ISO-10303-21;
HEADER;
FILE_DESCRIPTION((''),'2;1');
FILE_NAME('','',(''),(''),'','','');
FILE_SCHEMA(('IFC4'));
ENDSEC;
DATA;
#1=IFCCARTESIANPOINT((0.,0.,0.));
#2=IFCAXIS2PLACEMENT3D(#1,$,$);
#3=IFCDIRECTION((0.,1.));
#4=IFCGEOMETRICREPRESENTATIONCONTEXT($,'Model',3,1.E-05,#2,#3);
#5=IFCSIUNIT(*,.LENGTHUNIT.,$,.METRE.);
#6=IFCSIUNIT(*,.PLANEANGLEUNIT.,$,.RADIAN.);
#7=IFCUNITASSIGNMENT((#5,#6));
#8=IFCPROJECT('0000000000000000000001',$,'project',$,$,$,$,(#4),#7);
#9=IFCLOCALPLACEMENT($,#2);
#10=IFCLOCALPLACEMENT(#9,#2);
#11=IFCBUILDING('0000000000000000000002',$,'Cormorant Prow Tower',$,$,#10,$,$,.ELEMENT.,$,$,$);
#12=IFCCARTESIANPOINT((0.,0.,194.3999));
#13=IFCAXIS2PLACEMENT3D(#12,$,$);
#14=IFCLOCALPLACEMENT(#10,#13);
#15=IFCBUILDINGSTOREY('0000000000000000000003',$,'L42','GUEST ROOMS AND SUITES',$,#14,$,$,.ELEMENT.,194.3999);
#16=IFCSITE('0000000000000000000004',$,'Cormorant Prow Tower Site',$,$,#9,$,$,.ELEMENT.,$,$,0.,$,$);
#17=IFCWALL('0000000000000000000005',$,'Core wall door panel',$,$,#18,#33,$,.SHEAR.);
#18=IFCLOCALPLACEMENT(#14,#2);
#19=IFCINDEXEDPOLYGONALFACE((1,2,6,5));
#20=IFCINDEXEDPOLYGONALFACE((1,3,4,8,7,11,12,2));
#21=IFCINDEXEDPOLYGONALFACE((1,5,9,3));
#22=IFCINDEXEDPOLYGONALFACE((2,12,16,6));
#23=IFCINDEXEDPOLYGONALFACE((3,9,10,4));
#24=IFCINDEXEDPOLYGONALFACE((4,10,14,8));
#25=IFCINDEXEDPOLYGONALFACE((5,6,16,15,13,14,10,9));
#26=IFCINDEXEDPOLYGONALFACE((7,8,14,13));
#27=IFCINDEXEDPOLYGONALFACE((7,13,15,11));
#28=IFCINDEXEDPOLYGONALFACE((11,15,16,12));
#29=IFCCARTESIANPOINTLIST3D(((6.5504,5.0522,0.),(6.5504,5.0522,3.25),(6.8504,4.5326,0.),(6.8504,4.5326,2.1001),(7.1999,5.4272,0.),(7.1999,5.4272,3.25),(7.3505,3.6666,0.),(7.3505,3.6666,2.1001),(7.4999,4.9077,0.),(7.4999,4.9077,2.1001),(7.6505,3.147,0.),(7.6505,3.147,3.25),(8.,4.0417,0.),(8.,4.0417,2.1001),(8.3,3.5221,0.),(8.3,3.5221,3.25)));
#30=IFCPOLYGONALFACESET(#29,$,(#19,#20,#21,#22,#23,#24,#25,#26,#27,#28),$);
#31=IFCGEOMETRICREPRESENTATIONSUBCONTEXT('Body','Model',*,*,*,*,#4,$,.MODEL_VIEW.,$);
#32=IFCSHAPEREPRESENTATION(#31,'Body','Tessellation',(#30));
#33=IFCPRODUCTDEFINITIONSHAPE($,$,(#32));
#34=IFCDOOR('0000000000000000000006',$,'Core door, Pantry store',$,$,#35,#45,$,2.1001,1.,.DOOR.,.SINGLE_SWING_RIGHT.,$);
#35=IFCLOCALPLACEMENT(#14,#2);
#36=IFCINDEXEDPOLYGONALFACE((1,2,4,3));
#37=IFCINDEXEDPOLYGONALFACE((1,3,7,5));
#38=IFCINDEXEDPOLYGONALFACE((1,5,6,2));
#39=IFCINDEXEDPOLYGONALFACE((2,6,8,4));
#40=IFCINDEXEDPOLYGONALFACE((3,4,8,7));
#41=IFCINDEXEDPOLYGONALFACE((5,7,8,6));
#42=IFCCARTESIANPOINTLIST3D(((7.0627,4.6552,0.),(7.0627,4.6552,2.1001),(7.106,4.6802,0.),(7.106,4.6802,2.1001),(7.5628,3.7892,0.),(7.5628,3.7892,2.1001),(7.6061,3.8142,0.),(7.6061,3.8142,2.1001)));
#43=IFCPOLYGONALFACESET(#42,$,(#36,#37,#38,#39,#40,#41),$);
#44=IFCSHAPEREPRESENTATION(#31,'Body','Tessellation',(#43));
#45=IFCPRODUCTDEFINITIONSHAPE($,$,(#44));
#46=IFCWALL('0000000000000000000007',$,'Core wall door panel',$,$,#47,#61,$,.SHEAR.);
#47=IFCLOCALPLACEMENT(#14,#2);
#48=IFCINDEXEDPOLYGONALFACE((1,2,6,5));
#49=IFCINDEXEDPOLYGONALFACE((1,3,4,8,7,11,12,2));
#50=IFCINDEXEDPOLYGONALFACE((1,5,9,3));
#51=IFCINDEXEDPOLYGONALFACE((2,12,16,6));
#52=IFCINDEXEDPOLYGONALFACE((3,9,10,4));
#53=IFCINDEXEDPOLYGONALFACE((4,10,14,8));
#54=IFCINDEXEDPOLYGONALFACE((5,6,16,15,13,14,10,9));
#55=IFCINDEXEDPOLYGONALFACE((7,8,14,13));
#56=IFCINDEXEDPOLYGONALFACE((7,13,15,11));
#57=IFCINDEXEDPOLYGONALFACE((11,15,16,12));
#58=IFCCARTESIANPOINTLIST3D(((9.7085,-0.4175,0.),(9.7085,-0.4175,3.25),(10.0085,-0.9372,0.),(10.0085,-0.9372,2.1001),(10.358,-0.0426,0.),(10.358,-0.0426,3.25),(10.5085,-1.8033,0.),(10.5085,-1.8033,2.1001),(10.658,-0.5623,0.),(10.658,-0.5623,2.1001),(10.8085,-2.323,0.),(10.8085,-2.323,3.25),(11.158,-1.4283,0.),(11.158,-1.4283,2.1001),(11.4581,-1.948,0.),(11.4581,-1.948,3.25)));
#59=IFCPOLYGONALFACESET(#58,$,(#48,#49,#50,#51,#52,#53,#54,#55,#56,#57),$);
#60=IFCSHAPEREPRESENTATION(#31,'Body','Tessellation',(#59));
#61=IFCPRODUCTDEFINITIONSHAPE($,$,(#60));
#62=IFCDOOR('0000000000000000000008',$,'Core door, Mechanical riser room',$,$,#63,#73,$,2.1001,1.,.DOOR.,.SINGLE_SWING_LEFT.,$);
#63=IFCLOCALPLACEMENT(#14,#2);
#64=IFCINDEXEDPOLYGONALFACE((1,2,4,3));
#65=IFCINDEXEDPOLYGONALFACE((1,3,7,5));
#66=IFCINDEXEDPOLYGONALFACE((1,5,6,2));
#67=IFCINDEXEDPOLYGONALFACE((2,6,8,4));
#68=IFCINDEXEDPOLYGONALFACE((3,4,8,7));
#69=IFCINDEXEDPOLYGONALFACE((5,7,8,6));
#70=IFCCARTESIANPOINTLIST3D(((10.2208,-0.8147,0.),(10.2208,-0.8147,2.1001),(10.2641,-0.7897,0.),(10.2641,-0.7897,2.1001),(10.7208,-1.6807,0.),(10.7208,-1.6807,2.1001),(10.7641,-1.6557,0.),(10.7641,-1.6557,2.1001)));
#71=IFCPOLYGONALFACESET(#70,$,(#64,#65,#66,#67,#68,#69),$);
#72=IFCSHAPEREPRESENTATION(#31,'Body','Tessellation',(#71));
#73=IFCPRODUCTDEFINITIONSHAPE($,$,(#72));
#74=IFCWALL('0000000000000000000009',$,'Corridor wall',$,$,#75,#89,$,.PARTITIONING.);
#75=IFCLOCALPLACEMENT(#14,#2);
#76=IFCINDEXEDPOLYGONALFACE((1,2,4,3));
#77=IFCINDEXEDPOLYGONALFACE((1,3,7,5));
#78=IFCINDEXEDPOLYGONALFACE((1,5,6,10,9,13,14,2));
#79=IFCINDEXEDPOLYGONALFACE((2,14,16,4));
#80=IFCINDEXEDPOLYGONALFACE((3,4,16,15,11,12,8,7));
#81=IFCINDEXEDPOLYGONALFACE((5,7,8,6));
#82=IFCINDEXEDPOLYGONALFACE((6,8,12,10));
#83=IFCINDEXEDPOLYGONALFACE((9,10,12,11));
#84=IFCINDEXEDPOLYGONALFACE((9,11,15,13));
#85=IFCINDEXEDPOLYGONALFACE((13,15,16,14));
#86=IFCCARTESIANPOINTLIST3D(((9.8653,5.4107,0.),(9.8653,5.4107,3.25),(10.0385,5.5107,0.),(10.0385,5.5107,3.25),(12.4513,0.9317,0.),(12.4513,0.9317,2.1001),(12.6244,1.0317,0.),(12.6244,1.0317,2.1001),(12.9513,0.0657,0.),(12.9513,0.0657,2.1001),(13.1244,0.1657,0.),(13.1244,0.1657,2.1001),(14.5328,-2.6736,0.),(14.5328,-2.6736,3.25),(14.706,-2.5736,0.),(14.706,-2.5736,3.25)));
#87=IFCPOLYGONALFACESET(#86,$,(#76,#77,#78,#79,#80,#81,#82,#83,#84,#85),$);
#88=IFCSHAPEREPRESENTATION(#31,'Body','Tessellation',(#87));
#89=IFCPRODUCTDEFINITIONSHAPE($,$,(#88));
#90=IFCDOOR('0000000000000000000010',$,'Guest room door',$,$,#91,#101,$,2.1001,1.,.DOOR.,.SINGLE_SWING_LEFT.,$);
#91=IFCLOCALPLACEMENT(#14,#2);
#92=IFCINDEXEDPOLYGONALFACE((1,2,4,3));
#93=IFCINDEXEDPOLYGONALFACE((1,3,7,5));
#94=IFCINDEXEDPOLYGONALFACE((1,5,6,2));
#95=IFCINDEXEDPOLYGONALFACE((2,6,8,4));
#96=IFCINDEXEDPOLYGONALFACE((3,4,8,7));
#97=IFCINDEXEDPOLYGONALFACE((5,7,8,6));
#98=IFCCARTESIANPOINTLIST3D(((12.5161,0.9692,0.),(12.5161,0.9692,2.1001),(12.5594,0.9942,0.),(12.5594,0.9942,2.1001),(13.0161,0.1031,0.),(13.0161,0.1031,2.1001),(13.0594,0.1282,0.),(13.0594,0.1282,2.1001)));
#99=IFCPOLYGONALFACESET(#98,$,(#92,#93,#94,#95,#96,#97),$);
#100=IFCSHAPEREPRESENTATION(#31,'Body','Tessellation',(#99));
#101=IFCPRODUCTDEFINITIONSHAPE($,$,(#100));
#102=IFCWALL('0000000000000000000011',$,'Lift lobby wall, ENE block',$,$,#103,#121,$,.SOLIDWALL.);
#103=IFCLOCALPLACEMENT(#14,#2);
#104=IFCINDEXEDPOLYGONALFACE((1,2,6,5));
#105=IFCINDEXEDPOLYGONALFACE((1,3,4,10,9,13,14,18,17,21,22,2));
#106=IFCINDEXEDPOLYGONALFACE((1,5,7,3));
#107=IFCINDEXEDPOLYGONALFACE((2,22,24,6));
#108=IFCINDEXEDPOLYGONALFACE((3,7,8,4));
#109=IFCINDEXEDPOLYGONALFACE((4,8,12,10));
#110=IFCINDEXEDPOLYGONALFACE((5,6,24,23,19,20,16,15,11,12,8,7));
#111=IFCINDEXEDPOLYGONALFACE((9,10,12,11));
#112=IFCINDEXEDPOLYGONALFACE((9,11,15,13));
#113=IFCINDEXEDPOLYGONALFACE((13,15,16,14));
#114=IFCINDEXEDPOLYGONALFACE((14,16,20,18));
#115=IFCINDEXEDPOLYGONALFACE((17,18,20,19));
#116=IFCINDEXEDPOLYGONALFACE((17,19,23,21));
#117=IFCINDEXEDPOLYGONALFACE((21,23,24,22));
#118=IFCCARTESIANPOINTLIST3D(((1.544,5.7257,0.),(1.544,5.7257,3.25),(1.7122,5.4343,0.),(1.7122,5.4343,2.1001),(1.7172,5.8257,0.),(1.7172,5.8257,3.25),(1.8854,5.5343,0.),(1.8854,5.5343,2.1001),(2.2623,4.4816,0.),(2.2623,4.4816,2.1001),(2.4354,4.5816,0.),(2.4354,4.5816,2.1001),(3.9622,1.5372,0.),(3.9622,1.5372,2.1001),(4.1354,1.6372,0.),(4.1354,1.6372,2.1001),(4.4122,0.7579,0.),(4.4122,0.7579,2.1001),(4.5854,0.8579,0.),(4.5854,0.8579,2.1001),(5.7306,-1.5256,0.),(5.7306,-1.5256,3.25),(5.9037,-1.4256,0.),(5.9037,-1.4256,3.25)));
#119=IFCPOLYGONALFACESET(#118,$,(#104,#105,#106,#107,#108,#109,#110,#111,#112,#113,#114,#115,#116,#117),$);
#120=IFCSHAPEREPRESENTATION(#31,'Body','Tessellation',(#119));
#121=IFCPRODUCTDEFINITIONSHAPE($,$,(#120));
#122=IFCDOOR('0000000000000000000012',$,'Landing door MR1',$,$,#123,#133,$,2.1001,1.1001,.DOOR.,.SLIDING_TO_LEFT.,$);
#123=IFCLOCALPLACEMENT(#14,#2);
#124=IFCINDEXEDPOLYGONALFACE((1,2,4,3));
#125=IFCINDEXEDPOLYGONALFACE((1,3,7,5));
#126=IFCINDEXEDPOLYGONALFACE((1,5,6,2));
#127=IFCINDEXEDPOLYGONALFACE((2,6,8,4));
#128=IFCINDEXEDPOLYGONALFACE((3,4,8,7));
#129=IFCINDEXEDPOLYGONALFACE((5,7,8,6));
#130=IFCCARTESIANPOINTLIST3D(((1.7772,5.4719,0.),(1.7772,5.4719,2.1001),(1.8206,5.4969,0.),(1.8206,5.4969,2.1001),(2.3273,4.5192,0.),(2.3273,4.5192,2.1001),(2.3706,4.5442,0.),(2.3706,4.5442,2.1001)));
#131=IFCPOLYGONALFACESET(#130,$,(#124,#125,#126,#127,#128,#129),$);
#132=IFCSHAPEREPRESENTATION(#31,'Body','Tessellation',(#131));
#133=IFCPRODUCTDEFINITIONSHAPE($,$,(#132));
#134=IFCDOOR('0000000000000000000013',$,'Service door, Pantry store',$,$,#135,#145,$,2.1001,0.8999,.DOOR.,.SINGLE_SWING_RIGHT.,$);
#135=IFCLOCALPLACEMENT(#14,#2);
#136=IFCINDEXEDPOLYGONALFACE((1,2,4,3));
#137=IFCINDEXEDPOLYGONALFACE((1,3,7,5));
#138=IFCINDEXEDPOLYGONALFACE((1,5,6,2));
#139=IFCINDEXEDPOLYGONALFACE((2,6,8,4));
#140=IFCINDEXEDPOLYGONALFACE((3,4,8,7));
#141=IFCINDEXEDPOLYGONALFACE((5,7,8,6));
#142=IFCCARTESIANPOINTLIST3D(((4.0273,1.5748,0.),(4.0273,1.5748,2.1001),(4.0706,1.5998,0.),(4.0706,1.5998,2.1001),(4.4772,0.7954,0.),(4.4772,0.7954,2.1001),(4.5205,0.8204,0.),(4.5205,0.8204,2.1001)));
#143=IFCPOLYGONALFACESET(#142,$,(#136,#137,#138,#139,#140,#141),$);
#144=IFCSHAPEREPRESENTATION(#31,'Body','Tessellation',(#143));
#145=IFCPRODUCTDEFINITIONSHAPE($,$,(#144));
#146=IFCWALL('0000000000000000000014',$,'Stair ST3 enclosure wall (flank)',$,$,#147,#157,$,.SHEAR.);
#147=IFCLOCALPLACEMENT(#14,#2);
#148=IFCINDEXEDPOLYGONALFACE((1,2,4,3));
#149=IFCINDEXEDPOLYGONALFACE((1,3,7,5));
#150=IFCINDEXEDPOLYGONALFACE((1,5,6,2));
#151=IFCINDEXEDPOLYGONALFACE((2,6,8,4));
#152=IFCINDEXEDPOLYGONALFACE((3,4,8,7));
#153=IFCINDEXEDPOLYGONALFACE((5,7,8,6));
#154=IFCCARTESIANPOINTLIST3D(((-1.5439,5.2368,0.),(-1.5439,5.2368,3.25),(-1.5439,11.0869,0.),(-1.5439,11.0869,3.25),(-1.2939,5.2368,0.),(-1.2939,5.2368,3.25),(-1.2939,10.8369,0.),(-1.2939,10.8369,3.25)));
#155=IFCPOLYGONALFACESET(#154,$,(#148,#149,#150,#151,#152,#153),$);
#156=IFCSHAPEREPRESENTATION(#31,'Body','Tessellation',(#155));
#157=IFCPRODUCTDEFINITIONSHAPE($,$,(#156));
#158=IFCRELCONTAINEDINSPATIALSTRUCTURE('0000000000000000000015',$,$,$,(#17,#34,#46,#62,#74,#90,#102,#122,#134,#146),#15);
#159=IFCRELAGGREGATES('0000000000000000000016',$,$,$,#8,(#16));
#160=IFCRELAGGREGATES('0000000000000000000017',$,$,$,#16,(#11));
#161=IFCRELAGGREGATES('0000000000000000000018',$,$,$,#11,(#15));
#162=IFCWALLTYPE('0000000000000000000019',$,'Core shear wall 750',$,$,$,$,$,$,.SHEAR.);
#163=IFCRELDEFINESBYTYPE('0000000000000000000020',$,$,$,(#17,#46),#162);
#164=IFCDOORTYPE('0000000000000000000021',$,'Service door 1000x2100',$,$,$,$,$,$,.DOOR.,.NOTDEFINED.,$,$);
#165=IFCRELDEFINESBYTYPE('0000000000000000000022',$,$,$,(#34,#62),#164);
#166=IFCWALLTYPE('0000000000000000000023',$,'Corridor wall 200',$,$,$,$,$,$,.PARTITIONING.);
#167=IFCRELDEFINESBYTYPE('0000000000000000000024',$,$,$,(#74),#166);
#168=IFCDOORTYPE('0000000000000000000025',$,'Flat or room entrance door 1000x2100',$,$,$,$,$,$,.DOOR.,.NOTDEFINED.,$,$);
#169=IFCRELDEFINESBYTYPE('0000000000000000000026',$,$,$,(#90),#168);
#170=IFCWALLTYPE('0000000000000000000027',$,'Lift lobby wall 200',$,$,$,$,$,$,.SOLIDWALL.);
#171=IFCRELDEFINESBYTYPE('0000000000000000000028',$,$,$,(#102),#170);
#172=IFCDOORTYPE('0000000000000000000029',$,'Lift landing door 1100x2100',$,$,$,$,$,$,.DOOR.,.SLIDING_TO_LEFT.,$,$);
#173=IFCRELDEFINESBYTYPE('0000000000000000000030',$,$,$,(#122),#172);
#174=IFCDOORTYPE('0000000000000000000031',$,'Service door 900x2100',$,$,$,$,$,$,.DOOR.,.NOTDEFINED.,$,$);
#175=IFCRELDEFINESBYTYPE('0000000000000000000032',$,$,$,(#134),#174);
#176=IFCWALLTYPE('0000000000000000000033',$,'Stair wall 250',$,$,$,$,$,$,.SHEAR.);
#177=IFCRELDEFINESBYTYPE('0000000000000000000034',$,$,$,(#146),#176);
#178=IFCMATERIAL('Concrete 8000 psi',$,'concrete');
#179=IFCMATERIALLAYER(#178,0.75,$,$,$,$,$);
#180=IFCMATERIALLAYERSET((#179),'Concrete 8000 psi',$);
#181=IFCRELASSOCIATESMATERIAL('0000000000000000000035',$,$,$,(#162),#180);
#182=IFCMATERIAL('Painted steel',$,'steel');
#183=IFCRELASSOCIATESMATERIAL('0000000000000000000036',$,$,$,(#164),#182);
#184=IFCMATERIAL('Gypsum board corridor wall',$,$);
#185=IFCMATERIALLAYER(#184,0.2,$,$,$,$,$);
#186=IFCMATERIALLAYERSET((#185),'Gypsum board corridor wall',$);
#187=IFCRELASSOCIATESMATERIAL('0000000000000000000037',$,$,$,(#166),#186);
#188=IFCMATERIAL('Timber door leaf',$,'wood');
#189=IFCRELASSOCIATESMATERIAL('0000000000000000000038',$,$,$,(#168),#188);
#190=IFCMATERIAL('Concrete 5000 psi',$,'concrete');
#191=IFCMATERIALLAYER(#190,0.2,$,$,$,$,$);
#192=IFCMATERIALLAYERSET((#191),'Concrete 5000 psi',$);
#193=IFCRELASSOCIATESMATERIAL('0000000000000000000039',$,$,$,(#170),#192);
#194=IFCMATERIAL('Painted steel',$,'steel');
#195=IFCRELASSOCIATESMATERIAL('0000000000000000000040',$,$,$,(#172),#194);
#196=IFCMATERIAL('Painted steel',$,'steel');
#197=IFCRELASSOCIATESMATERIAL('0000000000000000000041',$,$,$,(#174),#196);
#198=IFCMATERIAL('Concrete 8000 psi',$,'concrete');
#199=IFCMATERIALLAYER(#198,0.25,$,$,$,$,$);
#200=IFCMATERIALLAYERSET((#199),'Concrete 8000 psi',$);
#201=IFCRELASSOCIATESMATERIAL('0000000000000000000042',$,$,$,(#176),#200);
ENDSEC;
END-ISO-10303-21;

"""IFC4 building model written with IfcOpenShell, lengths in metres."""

from ifc_helpers import new_model, si_unit, direction, frame, frame_2d, origin, place, context, subcontext, project, spatial, polyline, rectangle, outline, extrude, material, layer, layer_set, type_object, element, fill, save


model = new_model("IFC4")

# Units and contexts
model_context = context("Model", 3, precision=1e-05, world=origin(), true_north=direction((0.0, 1.0)))
body_context = subcontext(model_context, "Body", "Model", "MODEL_VIEW")
ifc_project = project(units=[si_unit("LENGTHUNIT", "METRE"), si_unit("PLANEANGLEUNIT", "RADIAN")], contexts=[model_context])

# Site, building, storey
site_placement = place(None, origin())
site = spatial("IfcSite", under=ifc_project, at=site_placement, Name="Cormorant Prow Tower Site", CompositionType="ELEMENT", RefElevation=0.0)
building_placement = place(site_placement, origin())
building = spatial("IfcBuilding", under=site, at=building_placement, Name="Cormorant Prow Tower", CompositionType="ELEMENT")
storey_placement = place(building_placement, frame((0.0, 0.0, 194.3999)))
storey = spatial("IfcBuildingStorey", under=building, at=storey_placement, Name="L42", Description="GUEST ROOMS AND SUITES", CompositionType="ELEMENT", Elevation=194.3999)

# Shared definitions
ifc_material_1 = material(Name="Concrete 8000 psi", Category="concrete")
ifc_layer_1 = layer(ifc_material_1, 0.75)
ifc_layer_set_1 = layer_set([ifc_layer_1], Name="Concrete 8000 psi")
wall_type_1 = type_object("IfcWallType", Name="Core shear wall 750", PredefinedType="SHEAR", material=ifc_layer_set_1)

# Walls, openings, doors
wall_1_placement = place(storey_placement, frame((7.9753, 3.3345, 0.0), z_axis=(0.0, 0.0, 1.0), x_axis=(-0.500078, 0.86598, 0.0)))
wall_1 = element("IfcWall", 1, at=wall_1_placement, inside=storey, type_object=wall_type_1, Name="Core wall door panel", PredefinedType="SHEAR", context=body_context, shape_type="SweptSolid", body=[
    extrude(rectangle(XDim=2.2, YDim=0.75, at=frame_2d((1.1001, 0.0))), origin(), (0.0, 0.0, 1.0), 3.25),
])
opening_1_placement = place(wall_1_placement, frame((0.6001, 0.0, 0.0)))
opening_1 = element("IfcOpeningElement", 2, at=opening_1_placement, cuts=wall_1, PredefinedType="OPENING", context=body_context, shape_type="SweptSolid", body=[
    extrude(rectangle(XDim=1.0, YDim=2.1001, at=frame_2d((0.5, 1.05))), frame((0.0, 0.385, 0.0), z_axis=(0.0, -1.0, 0.0), x_axis=(1.0, 0.0, 0.0)), (0.0, 0.0, 1.0), 0.77),
])
ifc_material_2 = material(Name="Painted steel", Category="steel")
door_type_1 = type_object("IfcDoorType", Name="Service door 1000x2100", OperationType="NOTDEFINED", PredefinedType="DOOR", material=ifc_material_2)
door_1_placement = place(opening_1_placement, origin())
door_1 = element("IfcDoor", 3, at=door_1_placement, inside=storey, type_object=door_type_1, Name="Core door, Pantry store", OperationType="SINGLE_SWING_RIGHT", OverallHeight=2.1001, OverallWidth=1.0, PredefinedType="DOOR", context=body_context, shape_type="SweptSolid", body=[
    extrude(rectangle(XDim=1.0, YDim=2.1001, at=frame_2d((0.5, 1.05))), frame((0.0, 0.1299, 0.0), z_axis=(0.0, -1.0, 0.0), x_axis=(1.0, 0.0, 0.0)), (0.0, 0.0, 1.0), 0.05),
])
fill(opening_1, door_1)
wall_2_placement = place(storey_placement, frame((11.1333, -2.1355, 0.0), z_axis=(0.0, 0.0, 1.0), x_axis=(-0.499982, 0.866036, 0.0)))
wall_2 = element("IfcWall", 4, at=wall_2_placement, inside=storey, type_object=wall_type_1, Name="Core wall door panel", PredefinedType="SHEAR", context=body_context, shape_type="SweptSolid", body=[
    extrude(rectangle(XDim=2.2002, YDim=0.75, at=frame_2d((1.1001, 0.0))), origin(), (0.0, 0.0, 1.0), 3.25),
])
opening_2_placement = place(wall_2_placement, frame((0.6001, 0.0, 0.0)))
opening_2 = element("IfcOpeningElement", 5, at=opening_2_placement, cuts=wall_2, PredefinedType="OPENING", context=body_context, shape_type="SweptSolid", body=[
    extrude(rectangle(XDim=1.0, YDim=2.1001, at=frame_2d((0.5, 1.05))), frame((0.0, 0.385, 0.0), z_axis=(0.0, -1.0, 0.0), x_axis=(1.0, 0.0, 0.0)), (0.0, 0.0, 1.0), 0.77),
])
door_2_placement = place(opening_2_placement, origin())
door_2 = element("IfcDoor", 6, at=door_2_placement, inside=storey, type_object=door_type_1, Name="Core door, Mechanical riser room", OperationType="SINGLE_SWING_LEFT", OverallHeight=2.1001, OverallWidth=1.0, PredefinedType="DOOR", context=body_context, shape_type="SweptSolid", body=[
    extrude(rectangle(XDim=1.0, YDim=2.1001, at=frame_2d((0.5, 1.05))), frame((0.0, 0.1299, 0.0), z_axis=(0.0, -1.0, 0.0), x_axis=(1.0, 0.0, 0.0)), (0.0, 0.0, 1.0), 0.05),
])
fill(opening_2, door_2)
ifc_material_3 = material(Name="Gypsum board corridor wall")
ifc_layer_2 = layer(ifc_material_3, 0.2)
ifc_layer_set_2 = layer_set([ifc_layer_2], Name="Gypsum board corridor wall")
wall_type_2 = type_object("IfcWallType", Name="Corridor wall 200", PredefinedType="PARTITIONING", material=ifc_layer_set_2)
wall_3_placement = place(storey_placement, frame((9.9519, 5.4607, 0.0), z_axis=(0.0, 0.0, 1.0), x_axis=(0.500004, -0.866023, 0.0)))
wall_3 = element("IfcWall", 7, at=wall_3_placement, inside=storey, type_object=wall_type_2, Name="Corridor wall", PredefinedType="PARTITIONING", context=body_context, shape_type="SweptSolid", body=[
    extrude(rectangle(XDim=9.335, YDim=0.2, at=frame_2d((4.6675, 0.0))), origin(), (0.0, 0.0, 1.0), 3.25),
])
opening_3_placement = place(wall_3_placement, frame((5.1719, 0.0, 0.0)))
opening_3 = element("IfcOpeningElement", 8, at=opening_3_placement, cuts=wall_3, PredefinedType="OPENING", context=body_context, shape_type="SweptSolid", body=[
    extrude(rectangle(XDim=1.0, YDim=2.1001, at=frame_2d((0.5, 1.05))), frame((0.0, 0.1099, 0.0), z_axis=(0.0, -1.0, 0.0), x_axis=(1.0, 0.0, 0.0)), (0.0, 0.0, 1.0), 0.22),
])
ifc_material_4 = material(Name="Timber door leaf", Category="wood")
door_type_2 = type_object("IfcDoorType", Name="Flat or room entrance door 1000x2100", OperationType="NOTDEFINED", PredefinedType="DOOR", material=ifc_material_4)
door_3_placement = place(opening_3_placement, origin())
door_3 = element("IfcDoor", 9, at=door_3_placement, inside=storey, type_object=door_type_2, Name="Guest room door", OperationType="SINGLE_SWING_LEFT", OverallHeight=2.1001, OverallWidth=1.0, PredefinedType="DOOR", context=body_context, shape_type="SweptSolid", body=[
    extrude(rectangle(XDim=1.0, YDim=2.1001, at=frame_2d((0.5, 1.05))), frame((0.0, 0.0249, 0.0), z_axis=(0.0, -1.0, 0.0), x_axis=(1.0, 0.0, 0.0)), (0.0, 0.0, 1.0), 0.05),
])
fill(opening_3, door_3)

# Wall, openings, doors
ifc_material_5 = material(Name="Concrete 5000 psi", Category="concrete")
ifc_layer_3 = layer(ifc_material_5, 0.2)
ifc_layer_set_3 = layer_set([ifc_layer_3], Name="Concrete 5000 psi")
wall_type_3 = type_object("IfcWallType", Name="Lift lobby wall 200", PredefinedType="SOLIDWALL", material=ifc_layer_set_3)
wall_4_placement = place(storey_placement, frame((5.8171, -1.4756, 0.0), z_axis=(0.0, 0.0, 1.0), x_axis=(-0.500003, 0.866024, 0.0)))
wall_4 = element("IfcWall", 10, at=wall_4_placement, inside=storey, type_object=wall_type_3, Name="Lift lobby wall, ENE block", PredefinedType="SOLIDWALL", context=body_context, shape_type="SweptSolid", body=[
    extrude(rectangle(XDim=8.373, YDim=0.2, at=frame_2d((4.1865, 0.0))), origin(), (0.0, 0.0, 1.0), 3.25),
])
opening_4_placement = place(wall_4_placement, frame((2.6367, 0.0, 0.0)))
opening_4 = element("IfcOpeningElement", 11, at=opening_4_placement, cuts=wall_4, PredefinedType="OPENING", context=body_context, shape_type="SweptSolid", body=[
    extrude(rectangle(XDim=0.8999, YDim=2.1001, at=frame_2d((0.45, 1.05))), frame((0.0, 0.1099, 0.0), z_axis=(0.0, -1.0, 0.0), x_axis=(1.0, 0.0, 0.0)), (0.0, 0.0, 1.0), 0.22),
])
opening_5_placement = place(wall_4_placement, frame((6.9365, 0.0, 0.0)))
opening_5 = element("IfcOpeningElement", 12, at=opening_5_placement, cuts=wall_4, PredefinedType="OPENING", context=body_context, shape_type="SweptSolid", body=[
    extrude(rectangle(XDim=1.1001, YDim=2.1001, at=frame_2d((0.55, 1.05))), frame((0.0, 0.1099, 0.0), z_axis=(0.0, -1.0, 0.0), x_axis=(1.0, 0.0, 0.0)), (0.0, 0.0, 1.0), 0.22),
])
ifc_material_6 = material(Name="Painted steel", Category="steel")
door_type_3 = type_object("IfcDoorType", Name="Lift landing door 1100x2100", OperationType="SLIDING_TO_LEFT", PredefinedType="DOOR", material=ifc_material_6)
door_4_placement = place(opening_5_placement, origin())
door_4 = element("IfcDoor", 13, at=door_4_placement, inside=storey, type_object=door_type_3, Name="Landing door MR1", OperationType="SLIDING_TO_LEFT", OverallHeight=2.1001, OverallWidth=1.1001, PredefinedType="DOOR", context=body_context, shape_type="SweptSolid", body=[
    extrude(rectangle(XDim=1.1001, YDim=2.1001, at=frame_2d((0.55, 1.05))), frame((0.0, 0.0249, 0.0), z_axis=(0.0, -1.0, 0.0), x_axis=(1.0, 0.0, 0.0)), (0.0, 0.0, 1.0), 0.05),
])
fill(opening_5, door_4)
ifc_material_7 = material(Name="Painted steel", Category="steel")
door_type_4 = type_object("IfcDoorType", Name="Service door 900x2100", OperationType="NOTDEFINED", PredefinedType="DOOR", material=ifc_material_7)
door_5_placement = place(opening_4_placement, origin())
door_5 = element("IfcDoor", 14, at=door_5_placement, inside=storey, type_object=door_type_4, Name="Service door, Pantry store", OperationType="SINGLE_SWING_RIGHT", OverallHeight=2.1001, OverallWidth=0.8999, PredefinedType="DOOR", context=body_context, shape_type="SweptSolid", body=[
    extrude(rectangle(XDim=0.8999, YDim=2.1001, at=frame_2d((0.45, 1.05))), frame((0.0, 0.0249, 0.0), z_axis=(0.0, -1.0, 0.0), x_axis=(1.0, 0.0, 0.0)), (0.0, 0.0, 1.0), 0.05),
])
fill(opening_4, door_5)

# Wall
ifc_material_8 = material(Name="Concrete 8000 psi", Category="concrete")
ifc_layer_4 = layer(ifc_material_8, 0.25)
ifc_layer_set_4 = layer_set([ifc_layer_4], Name="Concrete 8000 psi")
wall_type_4 = type_object("IfcWallType", Name="Stair wall 250", PredefinedType="SHEAR", material=ifc_layer_set_4)
wall_5_placement = place(storey_placement, origin())
element("IfcWall", 15, at=wall_5_placement, inside=storey, type_object=wall_type_4, Name="Stair ST3 enclosure wall (flank)", PredefinedType="SHEAR", context=body_context, shape_type="SweptSolid", body=[
    extrude(outline(polyline([(-1.2939, 10.8369), (-1.5439, 11.0869), (-1.5439, 5.2368), (-1.2939, 5.2368), (-1.2939, 10.8369)])), origin(), (0.0, 0.0, 1.0), 3.25),
])

save(model, "model.ifc")
